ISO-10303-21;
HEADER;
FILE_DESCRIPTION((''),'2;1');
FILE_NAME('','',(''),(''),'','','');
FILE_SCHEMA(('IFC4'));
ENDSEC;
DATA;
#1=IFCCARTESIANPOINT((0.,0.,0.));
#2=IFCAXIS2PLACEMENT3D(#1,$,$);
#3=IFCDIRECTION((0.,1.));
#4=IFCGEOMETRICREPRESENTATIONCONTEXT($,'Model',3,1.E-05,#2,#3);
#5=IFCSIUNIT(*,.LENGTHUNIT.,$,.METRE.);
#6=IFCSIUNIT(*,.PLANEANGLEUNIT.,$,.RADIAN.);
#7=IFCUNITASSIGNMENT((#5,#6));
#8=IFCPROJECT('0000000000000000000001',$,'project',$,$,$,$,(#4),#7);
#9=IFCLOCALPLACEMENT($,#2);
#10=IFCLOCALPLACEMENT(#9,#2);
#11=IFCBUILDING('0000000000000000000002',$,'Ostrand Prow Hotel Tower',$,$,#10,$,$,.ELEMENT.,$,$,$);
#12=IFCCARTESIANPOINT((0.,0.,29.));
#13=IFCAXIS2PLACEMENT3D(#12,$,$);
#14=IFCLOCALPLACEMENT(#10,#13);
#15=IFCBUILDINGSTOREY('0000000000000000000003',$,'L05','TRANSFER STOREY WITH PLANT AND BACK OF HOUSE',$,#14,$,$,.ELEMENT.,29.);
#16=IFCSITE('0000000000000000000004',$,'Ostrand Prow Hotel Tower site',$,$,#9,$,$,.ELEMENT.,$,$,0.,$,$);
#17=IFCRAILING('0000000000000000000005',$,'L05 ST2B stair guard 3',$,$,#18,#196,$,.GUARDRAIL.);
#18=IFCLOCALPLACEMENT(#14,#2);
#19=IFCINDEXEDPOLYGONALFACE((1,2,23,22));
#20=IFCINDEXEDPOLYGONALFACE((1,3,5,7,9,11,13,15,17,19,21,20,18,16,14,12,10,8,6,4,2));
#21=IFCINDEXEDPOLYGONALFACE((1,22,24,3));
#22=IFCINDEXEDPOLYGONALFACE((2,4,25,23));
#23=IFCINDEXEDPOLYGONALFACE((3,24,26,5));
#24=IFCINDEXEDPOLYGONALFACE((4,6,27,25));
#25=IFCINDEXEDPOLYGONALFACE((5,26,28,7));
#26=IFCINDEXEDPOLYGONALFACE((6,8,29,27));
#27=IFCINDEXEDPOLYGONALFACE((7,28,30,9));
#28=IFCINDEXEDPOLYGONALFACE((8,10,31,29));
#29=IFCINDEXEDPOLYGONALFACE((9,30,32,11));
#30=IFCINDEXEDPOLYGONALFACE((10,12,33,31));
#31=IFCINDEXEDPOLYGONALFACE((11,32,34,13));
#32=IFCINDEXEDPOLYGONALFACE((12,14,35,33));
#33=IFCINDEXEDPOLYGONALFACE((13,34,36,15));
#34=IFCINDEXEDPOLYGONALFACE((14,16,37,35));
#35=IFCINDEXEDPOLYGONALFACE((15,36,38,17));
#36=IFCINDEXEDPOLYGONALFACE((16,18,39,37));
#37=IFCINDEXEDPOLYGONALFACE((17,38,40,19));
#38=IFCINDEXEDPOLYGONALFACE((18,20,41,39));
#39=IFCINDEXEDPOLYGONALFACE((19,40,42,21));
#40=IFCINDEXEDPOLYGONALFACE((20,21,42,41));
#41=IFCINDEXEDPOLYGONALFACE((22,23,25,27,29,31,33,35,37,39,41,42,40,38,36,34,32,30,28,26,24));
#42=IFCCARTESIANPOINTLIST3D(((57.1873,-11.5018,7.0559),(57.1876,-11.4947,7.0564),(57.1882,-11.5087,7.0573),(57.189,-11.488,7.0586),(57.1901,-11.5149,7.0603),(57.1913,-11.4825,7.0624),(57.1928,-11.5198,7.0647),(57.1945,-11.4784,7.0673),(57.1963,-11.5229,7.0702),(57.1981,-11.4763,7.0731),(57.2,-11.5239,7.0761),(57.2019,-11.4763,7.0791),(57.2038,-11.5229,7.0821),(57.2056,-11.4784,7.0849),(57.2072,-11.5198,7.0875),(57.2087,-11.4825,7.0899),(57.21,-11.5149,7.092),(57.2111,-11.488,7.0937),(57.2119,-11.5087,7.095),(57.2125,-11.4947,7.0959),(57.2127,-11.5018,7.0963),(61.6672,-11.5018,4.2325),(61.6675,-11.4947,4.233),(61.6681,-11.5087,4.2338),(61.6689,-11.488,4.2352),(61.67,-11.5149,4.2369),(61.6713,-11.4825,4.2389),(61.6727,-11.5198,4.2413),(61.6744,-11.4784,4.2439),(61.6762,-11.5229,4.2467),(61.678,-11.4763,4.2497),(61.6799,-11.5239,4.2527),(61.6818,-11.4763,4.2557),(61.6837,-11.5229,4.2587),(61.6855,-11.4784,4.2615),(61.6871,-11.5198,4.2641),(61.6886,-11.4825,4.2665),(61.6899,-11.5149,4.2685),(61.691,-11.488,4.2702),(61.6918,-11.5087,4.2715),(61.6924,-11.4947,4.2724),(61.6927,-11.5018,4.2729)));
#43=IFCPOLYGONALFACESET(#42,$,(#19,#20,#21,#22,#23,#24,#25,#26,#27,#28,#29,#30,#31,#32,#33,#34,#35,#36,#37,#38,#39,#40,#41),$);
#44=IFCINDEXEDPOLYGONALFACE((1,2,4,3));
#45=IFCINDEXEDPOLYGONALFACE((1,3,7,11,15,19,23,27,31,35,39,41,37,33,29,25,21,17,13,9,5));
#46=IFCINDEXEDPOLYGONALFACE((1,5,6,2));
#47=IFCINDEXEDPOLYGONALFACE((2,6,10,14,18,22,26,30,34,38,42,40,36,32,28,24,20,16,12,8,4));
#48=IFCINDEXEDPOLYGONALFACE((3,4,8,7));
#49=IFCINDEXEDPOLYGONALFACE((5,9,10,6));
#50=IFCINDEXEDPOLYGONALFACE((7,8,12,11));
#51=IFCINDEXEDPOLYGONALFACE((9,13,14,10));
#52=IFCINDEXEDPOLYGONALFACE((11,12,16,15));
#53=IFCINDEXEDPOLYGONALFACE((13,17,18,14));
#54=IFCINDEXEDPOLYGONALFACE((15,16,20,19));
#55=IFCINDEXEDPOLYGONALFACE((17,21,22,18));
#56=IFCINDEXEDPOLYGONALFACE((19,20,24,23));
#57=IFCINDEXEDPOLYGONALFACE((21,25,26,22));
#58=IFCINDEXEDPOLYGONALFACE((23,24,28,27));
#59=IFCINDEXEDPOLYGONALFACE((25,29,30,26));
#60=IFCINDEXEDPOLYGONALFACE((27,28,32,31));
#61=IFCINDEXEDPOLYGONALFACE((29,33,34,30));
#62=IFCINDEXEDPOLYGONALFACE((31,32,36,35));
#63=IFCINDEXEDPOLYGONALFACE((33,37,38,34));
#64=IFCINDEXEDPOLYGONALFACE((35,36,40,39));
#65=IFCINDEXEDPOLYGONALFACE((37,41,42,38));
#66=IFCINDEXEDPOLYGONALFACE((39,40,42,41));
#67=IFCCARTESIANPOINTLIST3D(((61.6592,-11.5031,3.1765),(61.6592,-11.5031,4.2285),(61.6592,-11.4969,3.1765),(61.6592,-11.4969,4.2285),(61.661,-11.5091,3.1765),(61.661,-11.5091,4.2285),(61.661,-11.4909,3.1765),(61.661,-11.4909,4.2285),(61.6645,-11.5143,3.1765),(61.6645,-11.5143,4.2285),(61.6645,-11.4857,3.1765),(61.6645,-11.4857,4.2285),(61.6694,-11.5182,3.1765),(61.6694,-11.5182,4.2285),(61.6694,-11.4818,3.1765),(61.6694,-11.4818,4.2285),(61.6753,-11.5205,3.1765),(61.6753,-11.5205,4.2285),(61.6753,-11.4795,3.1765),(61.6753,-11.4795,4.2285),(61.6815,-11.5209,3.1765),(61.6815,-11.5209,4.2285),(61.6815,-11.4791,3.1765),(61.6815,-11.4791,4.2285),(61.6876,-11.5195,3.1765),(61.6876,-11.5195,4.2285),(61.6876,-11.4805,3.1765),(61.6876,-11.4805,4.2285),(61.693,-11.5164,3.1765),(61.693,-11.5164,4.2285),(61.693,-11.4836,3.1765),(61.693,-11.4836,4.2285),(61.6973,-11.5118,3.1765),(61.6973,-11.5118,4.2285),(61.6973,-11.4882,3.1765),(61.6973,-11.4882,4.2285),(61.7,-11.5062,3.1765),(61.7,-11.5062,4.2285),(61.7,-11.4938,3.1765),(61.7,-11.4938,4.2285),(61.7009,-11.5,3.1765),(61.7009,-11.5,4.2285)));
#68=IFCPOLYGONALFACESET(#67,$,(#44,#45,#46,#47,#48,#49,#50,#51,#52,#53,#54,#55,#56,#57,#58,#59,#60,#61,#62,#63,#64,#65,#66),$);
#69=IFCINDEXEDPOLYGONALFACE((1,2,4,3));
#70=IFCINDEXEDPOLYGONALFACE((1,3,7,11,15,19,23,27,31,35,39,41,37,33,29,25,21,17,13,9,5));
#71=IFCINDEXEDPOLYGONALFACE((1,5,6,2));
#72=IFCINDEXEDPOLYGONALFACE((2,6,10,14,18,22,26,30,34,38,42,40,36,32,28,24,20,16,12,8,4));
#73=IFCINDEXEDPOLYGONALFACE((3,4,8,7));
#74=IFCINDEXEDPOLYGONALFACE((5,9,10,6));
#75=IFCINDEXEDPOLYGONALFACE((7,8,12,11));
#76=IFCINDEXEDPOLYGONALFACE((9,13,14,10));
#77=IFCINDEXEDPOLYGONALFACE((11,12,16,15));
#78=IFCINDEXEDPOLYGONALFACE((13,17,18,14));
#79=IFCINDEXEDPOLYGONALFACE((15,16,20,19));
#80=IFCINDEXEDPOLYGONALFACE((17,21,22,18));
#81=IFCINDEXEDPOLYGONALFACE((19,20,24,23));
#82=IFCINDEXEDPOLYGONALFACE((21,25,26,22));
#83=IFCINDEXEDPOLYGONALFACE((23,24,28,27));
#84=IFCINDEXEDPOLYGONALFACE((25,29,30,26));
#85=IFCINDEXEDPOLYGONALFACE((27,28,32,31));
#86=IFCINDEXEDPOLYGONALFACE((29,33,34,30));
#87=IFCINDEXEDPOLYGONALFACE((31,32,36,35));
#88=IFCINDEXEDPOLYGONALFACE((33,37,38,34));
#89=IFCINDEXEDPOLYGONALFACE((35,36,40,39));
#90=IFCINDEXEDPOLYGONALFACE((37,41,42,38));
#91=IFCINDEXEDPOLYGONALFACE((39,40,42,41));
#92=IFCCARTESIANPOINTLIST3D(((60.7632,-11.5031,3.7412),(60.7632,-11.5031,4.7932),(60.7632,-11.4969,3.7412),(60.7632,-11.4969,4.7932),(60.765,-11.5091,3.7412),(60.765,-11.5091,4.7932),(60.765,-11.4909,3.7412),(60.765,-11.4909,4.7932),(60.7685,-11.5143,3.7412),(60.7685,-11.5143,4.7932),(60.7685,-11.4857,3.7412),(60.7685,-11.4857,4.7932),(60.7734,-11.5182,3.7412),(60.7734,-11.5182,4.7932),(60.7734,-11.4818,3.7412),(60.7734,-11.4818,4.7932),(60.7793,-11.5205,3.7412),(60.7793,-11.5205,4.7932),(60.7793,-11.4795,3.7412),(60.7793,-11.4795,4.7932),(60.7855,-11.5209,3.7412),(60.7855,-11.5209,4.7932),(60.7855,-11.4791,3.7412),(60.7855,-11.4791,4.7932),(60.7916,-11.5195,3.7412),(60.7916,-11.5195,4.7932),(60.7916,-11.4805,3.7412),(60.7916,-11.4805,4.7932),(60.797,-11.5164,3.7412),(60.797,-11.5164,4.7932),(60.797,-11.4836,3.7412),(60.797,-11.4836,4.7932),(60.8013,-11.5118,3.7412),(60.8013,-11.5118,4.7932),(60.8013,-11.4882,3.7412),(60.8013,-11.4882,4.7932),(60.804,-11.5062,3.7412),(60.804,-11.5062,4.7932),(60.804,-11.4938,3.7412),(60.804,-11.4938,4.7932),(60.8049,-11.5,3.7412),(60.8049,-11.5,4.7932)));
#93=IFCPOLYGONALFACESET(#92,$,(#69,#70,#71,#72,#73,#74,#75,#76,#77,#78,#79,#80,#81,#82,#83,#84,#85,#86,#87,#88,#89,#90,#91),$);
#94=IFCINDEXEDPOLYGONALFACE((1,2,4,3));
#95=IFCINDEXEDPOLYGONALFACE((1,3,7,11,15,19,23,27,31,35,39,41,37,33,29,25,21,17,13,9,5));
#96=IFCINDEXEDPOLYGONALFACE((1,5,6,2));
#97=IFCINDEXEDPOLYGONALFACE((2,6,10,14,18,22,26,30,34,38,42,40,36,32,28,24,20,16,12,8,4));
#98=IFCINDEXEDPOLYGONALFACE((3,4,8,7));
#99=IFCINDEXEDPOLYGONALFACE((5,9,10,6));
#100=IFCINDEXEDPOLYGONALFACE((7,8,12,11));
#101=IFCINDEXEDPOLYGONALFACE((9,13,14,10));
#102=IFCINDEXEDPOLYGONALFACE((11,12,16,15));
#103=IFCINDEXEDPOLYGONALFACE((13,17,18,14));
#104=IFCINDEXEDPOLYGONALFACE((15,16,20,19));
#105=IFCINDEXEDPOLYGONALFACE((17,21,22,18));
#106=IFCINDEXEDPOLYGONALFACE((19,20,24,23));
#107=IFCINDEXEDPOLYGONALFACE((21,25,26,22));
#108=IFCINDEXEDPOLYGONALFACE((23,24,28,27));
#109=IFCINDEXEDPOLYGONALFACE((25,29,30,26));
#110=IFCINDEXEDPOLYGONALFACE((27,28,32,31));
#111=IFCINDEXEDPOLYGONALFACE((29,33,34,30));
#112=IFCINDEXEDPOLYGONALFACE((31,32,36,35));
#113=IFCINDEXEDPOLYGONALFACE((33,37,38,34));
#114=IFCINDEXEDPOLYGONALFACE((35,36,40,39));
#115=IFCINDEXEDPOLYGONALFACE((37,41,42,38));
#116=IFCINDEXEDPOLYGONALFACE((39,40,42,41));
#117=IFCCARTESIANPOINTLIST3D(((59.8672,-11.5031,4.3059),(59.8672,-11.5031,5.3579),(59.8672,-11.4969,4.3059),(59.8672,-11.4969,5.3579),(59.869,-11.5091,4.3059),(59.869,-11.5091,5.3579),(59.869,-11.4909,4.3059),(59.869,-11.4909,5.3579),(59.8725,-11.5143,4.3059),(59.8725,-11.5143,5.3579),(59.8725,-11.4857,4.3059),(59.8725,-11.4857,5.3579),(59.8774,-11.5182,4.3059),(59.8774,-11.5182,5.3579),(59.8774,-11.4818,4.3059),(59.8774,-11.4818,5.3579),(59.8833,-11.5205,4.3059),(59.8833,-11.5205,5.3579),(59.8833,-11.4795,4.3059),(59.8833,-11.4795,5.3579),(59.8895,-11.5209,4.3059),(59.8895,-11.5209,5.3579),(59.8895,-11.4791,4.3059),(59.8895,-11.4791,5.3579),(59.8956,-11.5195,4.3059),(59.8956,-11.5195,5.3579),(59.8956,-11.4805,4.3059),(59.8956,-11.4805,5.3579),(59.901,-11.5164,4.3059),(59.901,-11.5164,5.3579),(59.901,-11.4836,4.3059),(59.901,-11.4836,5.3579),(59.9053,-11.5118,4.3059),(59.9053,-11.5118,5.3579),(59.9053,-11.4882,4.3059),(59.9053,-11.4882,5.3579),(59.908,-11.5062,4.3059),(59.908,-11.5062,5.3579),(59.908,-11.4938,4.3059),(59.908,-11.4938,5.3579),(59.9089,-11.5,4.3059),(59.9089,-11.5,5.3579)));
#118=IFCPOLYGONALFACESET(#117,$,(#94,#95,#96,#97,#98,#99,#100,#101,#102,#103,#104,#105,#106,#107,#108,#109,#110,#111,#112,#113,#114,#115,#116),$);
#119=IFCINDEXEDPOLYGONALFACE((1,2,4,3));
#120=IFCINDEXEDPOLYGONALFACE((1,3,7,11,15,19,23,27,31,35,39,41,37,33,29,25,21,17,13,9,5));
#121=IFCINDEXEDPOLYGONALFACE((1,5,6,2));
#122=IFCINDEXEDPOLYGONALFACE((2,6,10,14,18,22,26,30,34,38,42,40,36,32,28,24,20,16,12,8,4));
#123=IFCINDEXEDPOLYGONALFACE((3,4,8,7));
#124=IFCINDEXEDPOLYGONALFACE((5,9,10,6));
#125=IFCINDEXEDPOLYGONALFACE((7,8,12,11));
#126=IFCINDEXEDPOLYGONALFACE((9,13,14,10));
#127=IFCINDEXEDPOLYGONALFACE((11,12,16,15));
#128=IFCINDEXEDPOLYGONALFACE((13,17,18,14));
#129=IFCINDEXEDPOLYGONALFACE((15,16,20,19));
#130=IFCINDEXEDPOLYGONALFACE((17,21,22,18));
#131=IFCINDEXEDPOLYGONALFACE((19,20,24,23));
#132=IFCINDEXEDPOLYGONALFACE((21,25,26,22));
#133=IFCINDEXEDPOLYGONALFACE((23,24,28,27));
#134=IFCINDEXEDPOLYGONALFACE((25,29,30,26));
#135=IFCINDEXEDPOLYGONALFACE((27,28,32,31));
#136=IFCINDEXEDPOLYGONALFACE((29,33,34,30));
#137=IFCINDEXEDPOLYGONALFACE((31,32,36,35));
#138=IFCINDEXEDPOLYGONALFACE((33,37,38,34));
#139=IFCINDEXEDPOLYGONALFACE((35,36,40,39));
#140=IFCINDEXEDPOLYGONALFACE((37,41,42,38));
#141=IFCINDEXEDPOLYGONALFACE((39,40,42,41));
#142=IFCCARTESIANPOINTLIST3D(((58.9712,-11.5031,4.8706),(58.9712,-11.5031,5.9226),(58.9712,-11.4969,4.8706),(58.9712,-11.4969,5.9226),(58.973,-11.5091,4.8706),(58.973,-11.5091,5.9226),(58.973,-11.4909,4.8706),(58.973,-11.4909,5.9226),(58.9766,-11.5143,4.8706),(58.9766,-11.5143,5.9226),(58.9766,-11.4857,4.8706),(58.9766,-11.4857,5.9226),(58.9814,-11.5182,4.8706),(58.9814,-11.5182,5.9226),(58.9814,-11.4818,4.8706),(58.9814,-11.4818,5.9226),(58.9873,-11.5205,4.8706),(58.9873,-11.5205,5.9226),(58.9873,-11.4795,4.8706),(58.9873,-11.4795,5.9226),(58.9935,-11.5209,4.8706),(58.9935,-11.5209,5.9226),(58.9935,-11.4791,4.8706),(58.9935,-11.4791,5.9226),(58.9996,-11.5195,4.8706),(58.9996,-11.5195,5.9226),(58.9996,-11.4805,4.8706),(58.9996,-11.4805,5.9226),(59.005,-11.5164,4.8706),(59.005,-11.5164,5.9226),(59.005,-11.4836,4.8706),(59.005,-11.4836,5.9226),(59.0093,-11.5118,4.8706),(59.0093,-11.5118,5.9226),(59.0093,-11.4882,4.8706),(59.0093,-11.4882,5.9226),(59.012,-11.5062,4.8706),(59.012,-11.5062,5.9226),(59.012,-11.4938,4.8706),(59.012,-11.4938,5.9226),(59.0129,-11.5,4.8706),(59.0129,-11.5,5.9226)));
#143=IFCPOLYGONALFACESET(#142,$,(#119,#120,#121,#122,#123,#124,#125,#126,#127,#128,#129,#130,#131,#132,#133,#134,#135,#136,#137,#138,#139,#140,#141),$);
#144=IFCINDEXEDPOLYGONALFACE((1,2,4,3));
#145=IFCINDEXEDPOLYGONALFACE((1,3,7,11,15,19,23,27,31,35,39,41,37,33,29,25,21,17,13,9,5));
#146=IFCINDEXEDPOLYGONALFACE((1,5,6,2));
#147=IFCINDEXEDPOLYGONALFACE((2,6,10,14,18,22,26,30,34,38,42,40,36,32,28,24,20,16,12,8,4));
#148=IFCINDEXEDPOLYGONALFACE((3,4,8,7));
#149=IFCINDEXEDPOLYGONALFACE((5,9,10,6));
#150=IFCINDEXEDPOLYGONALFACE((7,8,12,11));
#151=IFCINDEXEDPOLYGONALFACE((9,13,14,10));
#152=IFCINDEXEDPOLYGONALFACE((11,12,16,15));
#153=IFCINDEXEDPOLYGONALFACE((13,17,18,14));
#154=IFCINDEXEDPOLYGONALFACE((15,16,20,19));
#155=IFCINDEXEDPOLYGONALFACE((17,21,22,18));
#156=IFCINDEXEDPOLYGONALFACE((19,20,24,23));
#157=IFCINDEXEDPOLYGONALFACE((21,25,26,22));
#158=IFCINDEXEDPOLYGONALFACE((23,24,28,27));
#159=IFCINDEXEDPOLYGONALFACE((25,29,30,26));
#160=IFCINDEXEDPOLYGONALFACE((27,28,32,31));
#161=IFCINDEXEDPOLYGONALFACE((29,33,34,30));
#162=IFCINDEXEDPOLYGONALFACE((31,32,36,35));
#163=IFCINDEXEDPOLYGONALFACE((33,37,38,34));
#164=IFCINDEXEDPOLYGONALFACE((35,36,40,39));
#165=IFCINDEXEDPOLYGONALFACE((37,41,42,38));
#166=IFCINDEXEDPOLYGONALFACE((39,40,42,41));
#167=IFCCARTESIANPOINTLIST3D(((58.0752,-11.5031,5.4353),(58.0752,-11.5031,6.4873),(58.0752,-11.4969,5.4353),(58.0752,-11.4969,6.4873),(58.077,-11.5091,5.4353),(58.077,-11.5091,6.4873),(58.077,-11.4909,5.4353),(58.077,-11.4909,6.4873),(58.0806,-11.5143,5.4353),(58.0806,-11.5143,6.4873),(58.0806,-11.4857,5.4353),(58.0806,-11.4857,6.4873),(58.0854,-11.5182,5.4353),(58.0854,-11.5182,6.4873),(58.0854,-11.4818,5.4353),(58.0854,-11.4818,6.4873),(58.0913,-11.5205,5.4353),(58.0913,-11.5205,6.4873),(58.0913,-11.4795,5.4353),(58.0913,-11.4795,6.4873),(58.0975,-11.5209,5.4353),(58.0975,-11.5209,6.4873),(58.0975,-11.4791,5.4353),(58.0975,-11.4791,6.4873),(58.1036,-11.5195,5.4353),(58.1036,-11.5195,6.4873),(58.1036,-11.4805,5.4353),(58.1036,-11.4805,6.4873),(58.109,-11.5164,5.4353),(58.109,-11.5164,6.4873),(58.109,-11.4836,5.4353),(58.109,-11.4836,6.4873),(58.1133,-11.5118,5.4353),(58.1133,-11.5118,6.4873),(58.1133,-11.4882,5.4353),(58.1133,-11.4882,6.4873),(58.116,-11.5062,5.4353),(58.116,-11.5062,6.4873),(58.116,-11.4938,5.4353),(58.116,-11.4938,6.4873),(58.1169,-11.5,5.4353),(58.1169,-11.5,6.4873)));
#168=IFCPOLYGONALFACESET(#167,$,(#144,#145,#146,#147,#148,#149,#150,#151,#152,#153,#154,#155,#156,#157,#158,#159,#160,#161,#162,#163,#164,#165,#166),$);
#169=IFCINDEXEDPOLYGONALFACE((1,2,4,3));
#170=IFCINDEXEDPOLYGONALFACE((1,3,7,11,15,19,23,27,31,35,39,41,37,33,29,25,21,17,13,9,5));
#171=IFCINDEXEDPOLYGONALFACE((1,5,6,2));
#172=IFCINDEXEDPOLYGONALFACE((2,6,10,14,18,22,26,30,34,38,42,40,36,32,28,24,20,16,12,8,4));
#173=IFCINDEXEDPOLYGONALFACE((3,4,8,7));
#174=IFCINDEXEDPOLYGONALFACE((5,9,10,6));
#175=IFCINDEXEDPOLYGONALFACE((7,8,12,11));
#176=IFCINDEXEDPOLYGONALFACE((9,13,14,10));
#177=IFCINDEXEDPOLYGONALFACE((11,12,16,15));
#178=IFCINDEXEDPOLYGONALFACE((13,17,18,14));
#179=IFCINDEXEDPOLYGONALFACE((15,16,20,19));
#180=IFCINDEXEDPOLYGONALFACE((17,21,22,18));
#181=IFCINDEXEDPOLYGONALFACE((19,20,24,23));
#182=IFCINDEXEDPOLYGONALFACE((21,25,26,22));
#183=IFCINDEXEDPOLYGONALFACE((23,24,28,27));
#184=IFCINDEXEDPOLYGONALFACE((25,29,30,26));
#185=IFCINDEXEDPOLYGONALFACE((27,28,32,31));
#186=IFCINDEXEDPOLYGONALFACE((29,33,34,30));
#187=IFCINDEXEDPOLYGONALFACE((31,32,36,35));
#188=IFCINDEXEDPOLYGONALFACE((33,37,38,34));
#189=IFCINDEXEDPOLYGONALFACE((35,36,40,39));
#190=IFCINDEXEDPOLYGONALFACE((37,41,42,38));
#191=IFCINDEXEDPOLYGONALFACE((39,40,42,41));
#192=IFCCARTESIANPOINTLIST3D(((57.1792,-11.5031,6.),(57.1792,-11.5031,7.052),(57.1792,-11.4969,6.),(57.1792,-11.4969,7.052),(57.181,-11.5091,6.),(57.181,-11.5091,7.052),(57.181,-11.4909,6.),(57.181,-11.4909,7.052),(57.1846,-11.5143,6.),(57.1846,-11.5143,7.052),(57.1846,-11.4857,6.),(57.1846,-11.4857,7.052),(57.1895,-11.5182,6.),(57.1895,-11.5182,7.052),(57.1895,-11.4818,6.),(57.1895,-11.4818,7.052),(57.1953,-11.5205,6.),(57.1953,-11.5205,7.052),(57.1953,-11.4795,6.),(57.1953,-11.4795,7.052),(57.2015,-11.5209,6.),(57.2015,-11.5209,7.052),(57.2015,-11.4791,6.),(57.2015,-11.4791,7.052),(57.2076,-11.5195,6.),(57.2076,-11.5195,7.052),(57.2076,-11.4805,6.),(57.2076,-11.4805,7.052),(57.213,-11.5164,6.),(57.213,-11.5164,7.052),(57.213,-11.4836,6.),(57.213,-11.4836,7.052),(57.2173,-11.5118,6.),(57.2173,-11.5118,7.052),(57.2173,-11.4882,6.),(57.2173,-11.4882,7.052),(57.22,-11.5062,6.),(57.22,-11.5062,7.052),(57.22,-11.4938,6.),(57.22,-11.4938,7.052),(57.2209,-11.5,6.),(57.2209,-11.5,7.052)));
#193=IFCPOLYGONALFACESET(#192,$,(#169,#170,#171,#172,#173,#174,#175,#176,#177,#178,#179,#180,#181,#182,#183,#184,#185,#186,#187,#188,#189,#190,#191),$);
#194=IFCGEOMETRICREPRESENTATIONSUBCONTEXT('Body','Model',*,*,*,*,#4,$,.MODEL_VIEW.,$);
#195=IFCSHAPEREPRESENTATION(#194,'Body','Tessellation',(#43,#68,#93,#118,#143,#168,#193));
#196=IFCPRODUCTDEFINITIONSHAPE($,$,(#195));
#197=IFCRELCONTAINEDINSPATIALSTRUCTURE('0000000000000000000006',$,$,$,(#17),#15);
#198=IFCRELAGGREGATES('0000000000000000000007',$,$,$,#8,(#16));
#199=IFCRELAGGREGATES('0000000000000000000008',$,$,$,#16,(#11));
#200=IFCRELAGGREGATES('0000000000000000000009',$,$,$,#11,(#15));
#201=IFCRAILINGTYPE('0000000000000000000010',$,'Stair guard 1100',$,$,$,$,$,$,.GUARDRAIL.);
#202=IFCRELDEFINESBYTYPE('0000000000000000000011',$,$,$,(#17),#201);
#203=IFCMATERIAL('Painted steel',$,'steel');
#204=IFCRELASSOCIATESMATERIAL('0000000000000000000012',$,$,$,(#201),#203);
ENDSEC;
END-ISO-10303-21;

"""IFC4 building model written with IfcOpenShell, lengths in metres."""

from ifc_helpers import new_model, si_unit, direction, frame, origin, origin_2d, place, context, subcontext, project, spatial, circle, extrude, material, type_object, element, save


model = new_model("IFC4")

# Units and contexts
model_context = context("Model", 3, precision=1e-05, world=origin(), true_north=direction((0.0, 1.0)))
body_context = subcontext(model_context, "Body", "Model", "MODEL_VIEW")
ifc_project = project(units=[si_unit("LENGTHUNIT", "METRE"), si_unit("PLANEANGLEUNIT", "RADIAN")], contexts=[model_context])

# Site, building, storey
site_placement = place(None, origin())
site = spatial("IfcSite", under=ifc_project, at=site_placement, Name="Ostrand Prow Hotel Tower site", CompositionType="ELEMENT", RefElevation=0.0)
building_placement = place(site_placement, origin())
building = spatial("IfcBuilding", under=site, at=building_placement, Name="Ostrand Prow Hotel Tower", CompositionType="ELEMENT")
storey_placement = place(building_placement, frame((0.0, 0.0, 29.0)))
storey = spatial("IfcBuildingStorey", under=building, at=storey_placement, Name="L05", Description="TRANSFER STOREY WITH PLANT AND BACK OF HOUSE", CompositionType="ELEMENT", Elevation=29.0)

# Railing
ifc_material_1 = material(Name="Painted steel", Category="steel")
railing_type_1 = type_object("IfcRailingType", Name="Stair guard 1100", PredefinedType="GUARDRAIL", material=ifc_material_1)
railing_1_placement = place(storey_placement, frame((61.6799, -11.5, 3.1765)))
element("IfcRailing", 1, at=railing_1_placement, inside=storey, type_object=railing_type_1, Name="L05 ST2B stair guard 3", PredefinedType="GUARDRAIL", context=body_context, shape_type="SweptSolid", body=[
    extrude(circle(Radius=0.0239, at=origin_2d()), frame((0.0, 0.0, 1.0762), z_axis=(-0.845998, 0.0, 0.533186), x_axis=(0.0, -1.0, 0.0)), (0.0, 0.0, 1.0), 5.2954),
    extrude(circle(Radius=0.021, at=origin_2d()), origin(), (0.0, 0.0, 1.0), 1.052),
    extrude(circle(Radius=0.021, at=origin_2d()), frame((-0.896, 0.0, 0.5647)), (0.0, 0.0, 1.0), 1.052),
    extrude(circle(Radius=0.021, at=origin_2d()), frame((-1.792, 0.0, 1.1294)), (0.0, 0.0, 1.0), 1.052),
    extrude(circle(Radius=0.021, at=origin_2d()), frame((-2.688, 0.0, 1.6941)), (0.0, 0.0, 1.0), 1.052),
    extrude(circle(Radius=0.021, at=origin_2d()), frame((-3.584, 0.0, 2.2588)), (0.0, 0.0, 1.0), 1.052),
    extrude(circle(Radius=0.021, at=origin_2d()), frame((-4.48, 0.0, 2.8235)), (0.0, 0.0, 1.0), 1.052),
])

save(model, "model.ifc")
